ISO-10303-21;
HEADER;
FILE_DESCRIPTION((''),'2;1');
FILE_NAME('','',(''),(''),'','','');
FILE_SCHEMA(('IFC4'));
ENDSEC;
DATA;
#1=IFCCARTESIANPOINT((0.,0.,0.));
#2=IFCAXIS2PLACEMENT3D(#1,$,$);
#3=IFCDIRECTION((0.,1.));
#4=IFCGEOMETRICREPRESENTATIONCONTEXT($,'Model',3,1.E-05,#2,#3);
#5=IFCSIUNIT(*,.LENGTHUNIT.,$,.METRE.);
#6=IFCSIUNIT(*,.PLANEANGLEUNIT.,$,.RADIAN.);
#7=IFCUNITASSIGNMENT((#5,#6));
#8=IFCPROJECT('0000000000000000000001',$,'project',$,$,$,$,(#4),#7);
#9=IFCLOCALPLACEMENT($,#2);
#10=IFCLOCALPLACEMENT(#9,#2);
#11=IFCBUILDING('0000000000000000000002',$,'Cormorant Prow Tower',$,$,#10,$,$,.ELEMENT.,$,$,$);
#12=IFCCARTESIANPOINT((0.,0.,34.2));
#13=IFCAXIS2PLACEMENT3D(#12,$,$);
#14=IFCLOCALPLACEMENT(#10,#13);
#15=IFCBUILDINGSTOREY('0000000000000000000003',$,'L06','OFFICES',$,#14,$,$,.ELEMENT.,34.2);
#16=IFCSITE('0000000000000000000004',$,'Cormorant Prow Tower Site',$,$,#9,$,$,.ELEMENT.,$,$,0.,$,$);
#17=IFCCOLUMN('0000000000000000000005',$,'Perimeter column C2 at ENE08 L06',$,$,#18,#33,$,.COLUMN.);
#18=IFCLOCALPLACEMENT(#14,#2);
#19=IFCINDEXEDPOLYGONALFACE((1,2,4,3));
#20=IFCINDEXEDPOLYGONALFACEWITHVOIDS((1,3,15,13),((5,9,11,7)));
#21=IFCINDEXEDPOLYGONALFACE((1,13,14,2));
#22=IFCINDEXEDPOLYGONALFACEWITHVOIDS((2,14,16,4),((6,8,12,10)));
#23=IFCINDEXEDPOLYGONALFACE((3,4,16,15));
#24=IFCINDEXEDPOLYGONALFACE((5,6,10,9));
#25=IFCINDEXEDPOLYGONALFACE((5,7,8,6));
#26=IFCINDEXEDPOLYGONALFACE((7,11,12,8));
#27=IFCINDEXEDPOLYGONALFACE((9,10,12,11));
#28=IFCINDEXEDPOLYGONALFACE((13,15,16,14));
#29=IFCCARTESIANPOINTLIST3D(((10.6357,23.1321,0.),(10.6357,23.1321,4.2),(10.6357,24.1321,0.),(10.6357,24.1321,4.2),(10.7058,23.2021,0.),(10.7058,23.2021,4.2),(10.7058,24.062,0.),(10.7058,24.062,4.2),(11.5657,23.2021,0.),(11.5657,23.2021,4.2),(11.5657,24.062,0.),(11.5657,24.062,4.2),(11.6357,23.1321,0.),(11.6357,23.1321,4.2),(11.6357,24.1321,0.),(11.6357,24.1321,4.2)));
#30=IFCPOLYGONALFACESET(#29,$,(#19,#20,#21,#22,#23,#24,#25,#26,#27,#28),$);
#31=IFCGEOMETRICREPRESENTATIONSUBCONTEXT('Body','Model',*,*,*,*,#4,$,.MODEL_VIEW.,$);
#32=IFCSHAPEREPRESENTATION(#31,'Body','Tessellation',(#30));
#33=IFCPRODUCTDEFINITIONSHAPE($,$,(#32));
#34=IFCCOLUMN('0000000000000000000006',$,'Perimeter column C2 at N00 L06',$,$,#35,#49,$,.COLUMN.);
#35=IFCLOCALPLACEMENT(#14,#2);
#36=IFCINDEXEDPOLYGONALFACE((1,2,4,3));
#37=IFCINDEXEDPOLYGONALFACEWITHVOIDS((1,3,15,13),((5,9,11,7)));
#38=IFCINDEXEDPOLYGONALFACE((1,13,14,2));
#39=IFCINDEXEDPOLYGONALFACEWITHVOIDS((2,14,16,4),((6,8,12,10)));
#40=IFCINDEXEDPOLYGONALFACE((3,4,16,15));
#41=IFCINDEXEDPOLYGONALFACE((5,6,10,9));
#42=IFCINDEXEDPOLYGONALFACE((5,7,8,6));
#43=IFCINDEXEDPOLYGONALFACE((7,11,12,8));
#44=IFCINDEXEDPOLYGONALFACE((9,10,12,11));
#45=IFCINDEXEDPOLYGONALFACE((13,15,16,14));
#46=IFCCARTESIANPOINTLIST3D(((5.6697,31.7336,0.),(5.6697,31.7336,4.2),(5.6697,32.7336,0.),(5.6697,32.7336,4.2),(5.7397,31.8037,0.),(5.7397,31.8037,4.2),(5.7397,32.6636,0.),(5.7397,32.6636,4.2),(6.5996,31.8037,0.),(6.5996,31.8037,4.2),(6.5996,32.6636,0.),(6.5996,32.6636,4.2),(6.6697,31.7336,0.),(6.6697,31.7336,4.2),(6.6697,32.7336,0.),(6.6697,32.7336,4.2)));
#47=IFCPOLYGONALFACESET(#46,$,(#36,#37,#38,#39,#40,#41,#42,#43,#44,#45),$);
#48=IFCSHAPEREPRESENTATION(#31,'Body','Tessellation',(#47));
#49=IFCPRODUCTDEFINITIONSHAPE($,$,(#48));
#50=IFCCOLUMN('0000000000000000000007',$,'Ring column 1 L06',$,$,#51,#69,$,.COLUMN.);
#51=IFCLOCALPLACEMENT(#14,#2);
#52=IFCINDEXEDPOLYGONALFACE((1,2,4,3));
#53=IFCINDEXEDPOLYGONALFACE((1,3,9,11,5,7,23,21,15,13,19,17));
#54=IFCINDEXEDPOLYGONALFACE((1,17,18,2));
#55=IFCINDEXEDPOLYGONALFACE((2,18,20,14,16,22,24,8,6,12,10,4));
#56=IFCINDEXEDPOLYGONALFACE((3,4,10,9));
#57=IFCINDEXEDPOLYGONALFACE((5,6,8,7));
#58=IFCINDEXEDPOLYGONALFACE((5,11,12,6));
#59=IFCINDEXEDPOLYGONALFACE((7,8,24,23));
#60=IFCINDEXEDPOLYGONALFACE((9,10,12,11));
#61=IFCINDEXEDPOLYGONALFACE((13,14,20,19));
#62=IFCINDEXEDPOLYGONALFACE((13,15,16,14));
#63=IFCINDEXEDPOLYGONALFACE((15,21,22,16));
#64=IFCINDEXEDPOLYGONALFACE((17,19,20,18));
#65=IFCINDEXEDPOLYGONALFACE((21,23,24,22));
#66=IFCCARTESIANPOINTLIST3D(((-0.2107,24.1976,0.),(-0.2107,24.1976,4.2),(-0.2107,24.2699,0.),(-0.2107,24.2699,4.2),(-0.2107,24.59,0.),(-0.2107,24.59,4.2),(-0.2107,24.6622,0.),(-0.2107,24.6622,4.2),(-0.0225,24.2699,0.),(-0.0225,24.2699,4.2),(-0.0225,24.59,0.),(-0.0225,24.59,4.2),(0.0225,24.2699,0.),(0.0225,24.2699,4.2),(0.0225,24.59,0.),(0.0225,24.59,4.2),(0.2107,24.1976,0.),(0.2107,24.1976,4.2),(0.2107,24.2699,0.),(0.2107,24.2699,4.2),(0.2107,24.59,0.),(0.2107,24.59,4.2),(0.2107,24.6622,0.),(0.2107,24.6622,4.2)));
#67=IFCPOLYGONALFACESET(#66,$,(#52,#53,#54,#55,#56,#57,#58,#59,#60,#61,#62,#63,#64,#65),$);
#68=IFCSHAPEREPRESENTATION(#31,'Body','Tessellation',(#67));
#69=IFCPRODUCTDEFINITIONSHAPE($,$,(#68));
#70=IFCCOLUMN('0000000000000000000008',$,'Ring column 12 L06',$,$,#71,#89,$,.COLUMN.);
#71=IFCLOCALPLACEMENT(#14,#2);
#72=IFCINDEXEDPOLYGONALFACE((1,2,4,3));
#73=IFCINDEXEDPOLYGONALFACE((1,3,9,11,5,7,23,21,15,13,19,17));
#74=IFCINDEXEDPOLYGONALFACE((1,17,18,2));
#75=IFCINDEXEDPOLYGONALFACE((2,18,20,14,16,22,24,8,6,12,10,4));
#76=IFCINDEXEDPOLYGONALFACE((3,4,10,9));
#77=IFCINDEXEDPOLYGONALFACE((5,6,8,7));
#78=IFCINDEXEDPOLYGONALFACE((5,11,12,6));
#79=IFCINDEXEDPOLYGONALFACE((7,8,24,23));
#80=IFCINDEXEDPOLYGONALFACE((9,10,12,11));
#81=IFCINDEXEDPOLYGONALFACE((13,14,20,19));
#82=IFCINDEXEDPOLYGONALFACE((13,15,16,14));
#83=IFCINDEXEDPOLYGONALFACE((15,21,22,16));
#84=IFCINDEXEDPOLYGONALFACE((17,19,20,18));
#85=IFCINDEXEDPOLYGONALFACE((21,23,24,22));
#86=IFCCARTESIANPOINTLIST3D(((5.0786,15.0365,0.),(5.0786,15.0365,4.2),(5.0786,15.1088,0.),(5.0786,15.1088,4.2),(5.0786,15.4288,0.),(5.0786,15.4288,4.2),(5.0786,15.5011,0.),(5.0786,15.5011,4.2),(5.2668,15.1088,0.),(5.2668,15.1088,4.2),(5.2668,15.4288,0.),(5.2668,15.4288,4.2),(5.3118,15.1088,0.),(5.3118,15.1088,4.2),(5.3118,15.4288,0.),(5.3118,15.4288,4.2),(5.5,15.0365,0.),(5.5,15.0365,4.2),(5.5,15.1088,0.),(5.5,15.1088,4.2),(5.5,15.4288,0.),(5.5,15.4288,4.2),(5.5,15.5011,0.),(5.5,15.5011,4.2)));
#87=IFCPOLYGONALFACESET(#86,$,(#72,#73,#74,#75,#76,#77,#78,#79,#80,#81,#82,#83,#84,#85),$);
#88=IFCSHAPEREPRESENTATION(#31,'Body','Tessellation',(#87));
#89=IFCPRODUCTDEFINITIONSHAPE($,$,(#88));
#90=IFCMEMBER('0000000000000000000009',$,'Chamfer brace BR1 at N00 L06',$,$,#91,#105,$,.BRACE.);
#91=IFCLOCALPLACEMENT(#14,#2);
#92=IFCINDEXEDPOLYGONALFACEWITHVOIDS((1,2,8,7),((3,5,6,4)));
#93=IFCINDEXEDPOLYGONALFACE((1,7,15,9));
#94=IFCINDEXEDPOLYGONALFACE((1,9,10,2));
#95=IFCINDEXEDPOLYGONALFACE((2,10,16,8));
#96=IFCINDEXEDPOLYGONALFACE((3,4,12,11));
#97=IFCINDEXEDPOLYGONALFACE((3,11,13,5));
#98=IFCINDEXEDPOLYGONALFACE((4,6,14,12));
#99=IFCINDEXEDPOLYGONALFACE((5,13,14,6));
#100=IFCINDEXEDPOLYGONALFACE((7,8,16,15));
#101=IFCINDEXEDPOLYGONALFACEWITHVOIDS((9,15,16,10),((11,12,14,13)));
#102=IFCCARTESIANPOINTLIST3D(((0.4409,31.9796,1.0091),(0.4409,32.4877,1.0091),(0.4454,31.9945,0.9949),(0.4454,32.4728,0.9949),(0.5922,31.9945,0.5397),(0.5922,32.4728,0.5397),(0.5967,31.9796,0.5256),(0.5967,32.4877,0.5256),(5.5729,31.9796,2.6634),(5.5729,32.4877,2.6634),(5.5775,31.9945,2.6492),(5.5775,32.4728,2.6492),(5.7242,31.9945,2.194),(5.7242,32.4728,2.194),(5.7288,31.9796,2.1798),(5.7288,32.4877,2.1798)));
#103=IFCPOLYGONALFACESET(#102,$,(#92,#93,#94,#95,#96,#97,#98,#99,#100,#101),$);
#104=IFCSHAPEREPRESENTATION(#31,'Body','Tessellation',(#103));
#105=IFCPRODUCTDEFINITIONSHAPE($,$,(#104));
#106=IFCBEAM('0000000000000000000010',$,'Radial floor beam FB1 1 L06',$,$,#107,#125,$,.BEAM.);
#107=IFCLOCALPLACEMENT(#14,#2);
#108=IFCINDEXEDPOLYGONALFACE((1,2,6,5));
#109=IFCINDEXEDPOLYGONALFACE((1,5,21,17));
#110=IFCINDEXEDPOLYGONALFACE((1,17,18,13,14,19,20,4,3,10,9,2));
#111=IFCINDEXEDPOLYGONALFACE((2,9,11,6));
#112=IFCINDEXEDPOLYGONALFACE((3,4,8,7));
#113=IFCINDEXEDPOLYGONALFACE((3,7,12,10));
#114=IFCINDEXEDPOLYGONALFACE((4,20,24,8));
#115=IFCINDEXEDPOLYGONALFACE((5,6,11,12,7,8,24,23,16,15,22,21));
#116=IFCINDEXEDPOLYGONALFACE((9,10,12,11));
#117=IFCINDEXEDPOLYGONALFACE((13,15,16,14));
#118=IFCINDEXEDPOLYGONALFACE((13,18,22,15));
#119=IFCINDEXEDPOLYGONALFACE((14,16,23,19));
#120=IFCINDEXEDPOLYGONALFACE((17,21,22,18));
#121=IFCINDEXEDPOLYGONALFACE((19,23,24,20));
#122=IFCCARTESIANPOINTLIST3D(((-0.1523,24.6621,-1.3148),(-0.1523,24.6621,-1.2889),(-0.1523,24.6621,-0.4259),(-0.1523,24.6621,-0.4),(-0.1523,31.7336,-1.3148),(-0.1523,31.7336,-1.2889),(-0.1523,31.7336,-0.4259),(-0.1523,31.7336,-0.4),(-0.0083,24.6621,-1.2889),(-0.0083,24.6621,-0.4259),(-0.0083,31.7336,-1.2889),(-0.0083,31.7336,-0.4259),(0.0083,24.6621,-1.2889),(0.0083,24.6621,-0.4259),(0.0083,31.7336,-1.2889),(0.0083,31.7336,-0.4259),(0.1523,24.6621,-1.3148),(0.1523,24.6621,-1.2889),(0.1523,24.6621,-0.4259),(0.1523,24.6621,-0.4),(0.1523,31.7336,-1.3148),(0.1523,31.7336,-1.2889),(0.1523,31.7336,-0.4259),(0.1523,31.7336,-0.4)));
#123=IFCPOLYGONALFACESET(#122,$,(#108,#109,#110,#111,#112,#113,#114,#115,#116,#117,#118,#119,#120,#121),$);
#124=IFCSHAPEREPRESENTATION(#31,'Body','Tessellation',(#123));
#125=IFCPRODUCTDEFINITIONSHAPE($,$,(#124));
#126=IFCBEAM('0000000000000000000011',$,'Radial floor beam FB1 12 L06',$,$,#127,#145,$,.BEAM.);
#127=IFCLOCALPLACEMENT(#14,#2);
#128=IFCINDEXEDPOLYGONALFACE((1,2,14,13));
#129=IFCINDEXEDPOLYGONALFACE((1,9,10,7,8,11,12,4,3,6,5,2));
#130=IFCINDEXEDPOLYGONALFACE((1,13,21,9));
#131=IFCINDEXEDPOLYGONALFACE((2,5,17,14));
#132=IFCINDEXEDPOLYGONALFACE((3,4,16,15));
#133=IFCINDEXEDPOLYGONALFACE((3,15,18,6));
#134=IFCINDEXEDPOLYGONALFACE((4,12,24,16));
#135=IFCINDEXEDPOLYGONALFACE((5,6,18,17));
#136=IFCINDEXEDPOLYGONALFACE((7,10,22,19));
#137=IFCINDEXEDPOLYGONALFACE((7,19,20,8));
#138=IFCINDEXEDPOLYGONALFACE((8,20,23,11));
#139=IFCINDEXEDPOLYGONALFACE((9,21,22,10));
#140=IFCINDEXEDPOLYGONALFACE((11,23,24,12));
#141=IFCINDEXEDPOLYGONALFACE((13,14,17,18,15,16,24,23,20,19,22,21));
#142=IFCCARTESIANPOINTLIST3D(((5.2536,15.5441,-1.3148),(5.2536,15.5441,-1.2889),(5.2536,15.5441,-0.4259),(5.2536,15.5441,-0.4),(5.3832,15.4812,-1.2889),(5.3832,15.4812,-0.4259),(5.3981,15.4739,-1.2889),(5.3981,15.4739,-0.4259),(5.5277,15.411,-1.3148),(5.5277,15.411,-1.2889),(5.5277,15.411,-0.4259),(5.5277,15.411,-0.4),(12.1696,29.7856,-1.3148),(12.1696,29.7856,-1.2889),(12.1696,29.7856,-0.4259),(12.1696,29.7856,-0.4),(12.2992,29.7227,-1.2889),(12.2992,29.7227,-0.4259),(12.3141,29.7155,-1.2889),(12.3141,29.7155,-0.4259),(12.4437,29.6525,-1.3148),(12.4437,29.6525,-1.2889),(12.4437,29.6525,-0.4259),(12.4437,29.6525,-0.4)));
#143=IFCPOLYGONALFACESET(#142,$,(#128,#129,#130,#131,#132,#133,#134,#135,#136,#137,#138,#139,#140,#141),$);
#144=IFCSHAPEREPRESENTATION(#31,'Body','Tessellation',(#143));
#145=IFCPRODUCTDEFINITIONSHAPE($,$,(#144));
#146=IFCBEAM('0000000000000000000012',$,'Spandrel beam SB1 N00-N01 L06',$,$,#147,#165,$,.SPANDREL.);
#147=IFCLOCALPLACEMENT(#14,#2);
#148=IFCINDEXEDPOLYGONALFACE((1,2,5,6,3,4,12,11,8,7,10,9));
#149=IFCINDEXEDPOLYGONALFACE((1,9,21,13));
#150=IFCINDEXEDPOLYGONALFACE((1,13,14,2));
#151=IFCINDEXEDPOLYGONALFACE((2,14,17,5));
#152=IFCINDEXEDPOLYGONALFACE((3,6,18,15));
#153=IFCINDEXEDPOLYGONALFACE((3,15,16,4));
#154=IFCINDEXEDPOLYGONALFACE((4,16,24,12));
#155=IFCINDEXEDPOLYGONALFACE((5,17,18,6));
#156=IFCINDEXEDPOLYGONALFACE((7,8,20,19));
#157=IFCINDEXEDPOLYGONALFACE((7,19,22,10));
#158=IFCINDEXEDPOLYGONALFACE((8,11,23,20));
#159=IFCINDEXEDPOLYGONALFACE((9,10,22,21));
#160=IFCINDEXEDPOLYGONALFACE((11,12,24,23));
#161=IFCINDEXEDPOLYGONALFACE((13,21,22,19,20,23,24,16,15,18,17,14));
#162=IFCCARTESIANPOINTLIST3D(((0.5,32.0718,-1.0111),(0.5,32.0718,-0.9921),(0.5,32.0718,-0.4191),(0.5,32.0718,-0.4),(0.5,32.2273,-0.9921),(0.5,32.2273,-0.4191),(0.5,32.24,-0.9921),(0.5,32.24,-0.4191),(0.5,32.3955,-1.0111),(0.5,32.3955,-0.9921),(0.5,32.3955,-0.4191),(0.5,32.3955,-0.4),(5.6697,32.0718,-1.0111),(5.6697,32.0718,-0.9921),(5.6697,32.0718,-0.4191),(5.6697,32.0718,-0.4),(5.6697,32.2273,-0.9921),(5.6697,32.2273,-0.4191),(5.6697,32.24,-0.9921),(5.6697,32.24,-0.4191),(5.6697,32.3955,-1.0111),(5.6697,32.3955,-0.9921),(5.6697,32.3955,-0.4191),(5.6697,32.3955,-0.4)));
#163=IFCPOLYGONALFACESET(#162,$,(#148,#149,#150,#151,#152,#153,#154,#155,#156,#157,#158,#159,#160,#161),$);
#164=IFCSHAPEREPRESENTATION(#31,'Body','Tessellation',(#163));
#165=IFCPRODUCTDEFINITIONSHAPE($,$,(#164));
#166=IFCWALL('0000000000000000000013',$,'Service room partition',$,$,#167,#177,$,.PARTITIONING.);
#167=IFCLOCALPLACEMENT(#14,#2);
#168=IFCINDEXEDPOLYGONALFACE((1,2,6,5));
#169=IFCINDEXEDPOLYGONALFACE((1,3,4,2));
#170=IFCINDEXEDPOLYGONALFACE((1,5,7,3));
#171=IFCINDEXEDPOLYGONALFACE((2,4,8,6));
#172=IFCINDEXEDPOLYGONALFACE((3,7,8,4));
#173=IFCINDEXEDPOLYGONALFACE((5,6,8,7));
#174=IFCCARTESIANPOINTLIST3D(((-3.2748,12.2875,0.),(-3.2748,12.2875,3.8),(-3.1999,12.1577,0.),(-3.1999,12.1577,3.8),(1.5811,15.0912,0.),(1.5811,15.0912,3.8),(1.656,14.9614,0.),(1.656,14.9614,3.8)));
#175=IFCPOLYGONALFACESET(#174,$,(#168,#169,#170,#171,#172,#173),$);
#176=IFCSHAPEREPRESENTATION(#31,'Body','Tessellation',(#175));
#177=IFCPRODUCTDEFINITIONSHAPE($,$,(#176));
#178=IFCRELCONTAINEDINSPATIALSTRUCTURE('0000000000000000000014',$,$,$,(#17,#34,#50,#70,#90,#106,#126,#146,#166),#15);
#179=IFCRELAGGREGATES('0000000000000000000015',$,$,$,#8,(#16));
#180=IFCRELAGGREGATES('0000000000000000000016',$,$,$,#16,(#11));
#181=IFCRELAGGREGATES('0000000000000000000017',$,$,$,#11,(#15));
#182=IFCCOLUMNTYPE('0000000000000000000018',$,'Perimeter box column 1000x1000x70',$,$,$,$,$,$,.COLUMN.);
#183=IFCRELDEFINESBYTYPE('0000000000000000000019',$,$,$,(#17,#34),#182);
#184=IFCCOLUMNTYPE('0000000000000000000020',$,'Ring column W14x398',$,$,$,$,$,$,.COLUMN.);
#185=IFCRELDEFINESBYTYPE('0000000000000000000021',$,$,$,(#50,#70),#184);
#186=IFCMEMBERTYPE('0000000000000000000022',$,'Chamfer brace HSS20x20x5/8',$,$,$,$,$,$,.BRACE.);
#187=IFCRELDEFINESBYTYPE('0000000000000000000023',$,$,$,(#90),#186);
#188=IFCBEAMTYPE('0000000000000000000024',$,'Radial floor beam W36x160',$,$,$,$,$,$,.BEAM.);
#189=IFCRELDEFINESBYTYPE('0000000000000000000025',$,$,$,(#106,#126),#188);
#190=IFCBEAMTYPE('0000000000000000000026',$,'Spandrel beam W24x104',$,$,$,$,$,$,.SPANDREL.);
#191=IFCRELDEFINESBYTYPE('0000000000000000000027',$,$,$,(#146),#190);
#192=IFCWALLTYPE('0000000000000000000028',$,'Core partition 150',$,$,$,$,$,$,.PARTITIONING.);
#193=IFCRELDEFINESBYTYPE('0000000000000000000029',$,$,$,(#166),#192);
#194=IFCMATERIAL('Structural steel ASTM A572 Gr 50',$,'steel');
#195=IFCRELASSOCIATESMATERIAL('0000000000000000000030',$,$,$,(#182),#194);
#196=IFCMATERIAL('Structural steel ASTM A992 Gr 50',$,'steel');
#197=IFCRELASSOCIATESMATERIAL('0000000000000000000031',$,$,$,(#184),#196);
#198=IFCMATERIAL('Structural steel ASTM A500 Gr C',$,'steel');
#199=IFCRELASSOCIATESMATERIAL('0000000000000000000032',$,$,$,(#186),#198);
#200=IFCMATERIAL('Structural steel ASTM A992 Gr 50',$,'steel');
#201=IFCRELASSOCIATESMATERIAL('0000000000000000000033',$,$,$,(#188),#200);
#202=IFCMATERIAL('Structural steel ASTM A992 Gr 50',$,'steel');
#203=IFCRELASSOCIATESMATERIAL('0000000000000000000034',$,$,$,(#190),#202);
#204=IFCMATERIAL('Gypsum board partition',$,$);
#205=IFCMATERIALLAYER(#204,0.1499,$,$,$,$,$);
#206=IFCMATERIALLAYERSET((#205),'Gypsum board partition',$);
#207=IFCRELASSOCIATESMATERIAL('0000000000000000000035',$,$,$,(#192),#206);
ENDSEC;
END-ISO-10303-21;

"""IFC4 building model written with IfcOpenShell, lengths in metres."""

from ifc_helpers import new_model, si_unit, direction, frame, frame_2d, origin, origin_2d, place, context, subcontext, project, spatial, rectangle, hollow_rectangle, i_section, extrude, material, layer, layer_set, material_profile, profile_set, type_object, element, save


model = new_model("IFC4")

# Units and contexts
model_context = context("Model", 3, precision=1e-05, world=origin(), true_north=direction((0.0, 1.0)))
body_context = subcontext(model_context, "Body", "Model", "MODEL_VIEW")
ifc_project = project(units=[si_unit("LENGTHUNIT", "METRE"), si_unit("PLANEANGLEUNIT", "RADIAN")], contexts=[model_context])

# Site, building, storey
site_placement = place(None, origin())
site = spatial("IfcSite", under=ifc_project, at=site_placement, Name="Cormorant Prow Tower Site", CompositionType="ELEMENT", RefElevation=0.0)
building_placement = place(site_placement, origin())
building = spatial("IfcBuilding", under=site, at=building_placement, Name="Cormorant Prow Tower", CompositionType="ELEMENT")
storey_placement = place(building_placement, frame((0.0, 0.0, 34.2)))
storey = spatial("IfcBuildingStorey", under=building, at=storey_placement, Name="L06", Description="OFFICES", CompositionType="ELEMENT", Elevation=34.2)

# Columns
ifc_material_1 = material(Name="Structural steel ASTM A572 Gr 50", Category="steel")
ifc_material_profile_1 = material_profile(ifc_material_1, hollow_rectangle(XDim=1.0, YDim=1.0, WallThickness=0.0701, at=origin_2d()), Name="Box 1000x1000x70")
ifc_profile_set_1 = profile_set([ifc_material_profile_1], Name="Structural steel ASTM A572 Gr 50")
column_type_1 = type_object("IfcColumnType", Name="Perimeter box column 1000x1000x70", PredefinedType="COLUMN", material=ifc_profile_set_1)
for number, where, z_axis, x_axis, name in (
    (1, (11.1357, 23.6321, 0.0), (0.0, 0.0, 1.0), (1.0, 0.0, 0.0), "Perimeter column C2 at ENE08 L06"),
    (2, (6.1697, 32.2336, 0.0), (0.0, 0.0, 1.0), (1.0, 0.0, 0.0), "Perimeter column C2 at N00 L06"),
):
    element("IfcColumn", number, at=place(storey_placement, frame(where, z_axis=z_axis, x_axis=x_axis)), inside=storey, type_object=column_type_1, Name=name, PredefinedType="COLUMN", context=body_context, shape_type="SweptSolid", body=[
        extrude(hollow_rectangle(XDim=1.0, YDim=1.0, WallThickness=0.0701, at=origin_2d()), origin(), (0.0, 0.0, 1.0), 4.2),
    ])
ifc_material_2 = material(Name="Structural steel ASTM A992 Gr 50", Category="steel")
ifc_material_profile_2 = material_profile(ifc_material_2, i_section(OverallWidth=0.4214, OverallDepth=0.4646, WebThickness=0.0449, FlangeThickness=0.0723, at=origin_2d()), Name="W14x398")
ifc_profile_set_2 = profile_set([ifc_material_profile_2], Name="Structural steel ASTM A992 Gr 50")
column_type_2 = type_object("IfcColumnType", Name="Ring column W14x398", PredefinedType="COLUMN", material=ifc_profile_set_2)
for number, where, z_axis, x_axis, name in (
    (3, (0.0, 24.4299, 0.0), (0.0, 0.0, 1.0), (1.0, 0.0, 0.0), "Ring column 1 L06"),
    (4, (5.2893, 15.2688, 0.0), (0.0, 0.0, 1.0), (1.0, 0.0, 0.0), "Ring column 12 L06"),
):
    element("IfcColumn", number, at=place(storey_placement, frame(where, z_axis=z_axis, x_axis=x_axis)), inside=storey, type_object=column_type_2, Name=name, PredefinedType="COLUMN", context=body_context, shape_type="SweptSolid", body=[
        extrude(i_section(OverallWidth=0.4214, OverallDepth=0.4646, WebThickness=0.0449, FlangeThickness=0.0723, at=origin_2d()), origin(), (0.0, 0.0, 1.0), 4.2),
    ])

# Member
ifc_material_3 = material(Name="Structural steel ASTM A500 Gr C", Category="steel")
ifc_material_profile_3 = material_profile(ifc_material_3, hollow_rectangle(XDim=0.5081, YDim=0.5081, WallThickness=0.0149, at=origin_2d()), Name="HSS20x20x5/8")
ifc_profile_set_3 = profile_set([ifc_material_profile_3], Name="Structural steel ASTM A500 Gr C")
member_type = type_object("IfcMemberType", Name="Chamfer brace HSS20x20x5/8", PredefinedType="BRACE", material=ifc_profile_set_3)
member_placement = place(storey_placement, frame((0.5188, 32.2336, 0.7673), z_axis=(0.951774, 0.0, 0.306799), x_axis=(0.0, 1.0, 0.0)))
element("IfcMember", 5, at=member_placement, inside=storey, type_object=member_type, Name="Chamfer brace BR1 at N00 L06", PredefinedType="BRACE", context=body_context, shape_type="SweptSolid", body=[
    extrude(hollow_rectangle(XDim=0.5081, YDim=0.5081, WallThickness=0.0149, at=origin_2d()), origin(), (0.0, 0.0, 1.0), 5.3921),
])

# Beams
ifc_material_4 = material(Name="Structural steel ASTM A992 Gr 50", Category="steel")
ifc_material_profile_4 = material_profile(ifc_material_4, i_section(OverallWidth=0.3047, OverallDepth=0.9148, WebThickness=0.0166, FlangeThickness=0.0259, at=origin_2d()), Name="W36x160")
ifc_profile_set_4 = profile_set([ifc_material_profile_4], Name="Structural steel ASTM A992 Gr 50")
beam_type_1 = type_object("IfcBeamType", Name="Radial floor beam W36x160", PredefinedType="BEAM", material=ifc_profile_set_4)
beam_1_placement = place(storey_placement, frame((0.0, 24.6621, -0.8574), z_axis=(0.0, 1.0, 0.0), x_axis=(-1.0, 0.0, 0.0)))
element("IfcBeam", 6, at=beam_1_placement, inside=storey, type_object=beam_type_1, Name="Radial floor beam FB1 1 L06", PredefinedType="BEAM", context=body_context, shape_type="SweptSolid", body=[
    extrude(i_section(OverallWidth=0.3047, OverallDepth=0.9148, WebThickness=0.0166, FlangeThickness=0.0259, at=origin_2d()), origin(), (0.0, 0.0, 1.0), 7.0715),
])
beam_2_placement = place(storey_placement, frame((5.3906, 15.4775, -0.8574), z_axis=(0.436839, 0.899539, 0.0), x_axis=(-0.899539, 0.436839, 0.0)))
element("IfcBeam", 7, at=beam_2_placement, inside=storey, type_object=beam_type_1, Name="Radial floor beam FB1 12 L06", PredefinedType="BEAM", context=body_context, shape_type="SweptSolid", body=[
    extrude(i_section(OverallWidth=0.3047, OverallDepth=0.9148, WebThickness=0.0166, FlangeThickness=0.0259, at=origin_2d()), origin(), (0.0, 0.0, 1.0), 15.832),
])
ifc_material_5 = material(Name="Structural steel ASTM A992 Gr 50", Category="steel")
ifc_material_profile_5 = material_profile(ifc_material_5, i_section(OverallWidth=0.3237, OverallDepth=0.6111, WebThickness=0.0127, FlangeThickness=0.019, at=origin_2d()), Name="W24x104")
ifc_profile_set_5 = profile_set([ifc_material_profile_5], Name="Structural steel ASTM A992 Gr 50")
beam_type_2 = type_object("IfcBeamType", Name="Spandrel beam W24x104", PredefinedType="SPANDREL", material=ifc_profile_set_5)
beam_3_placement = place(storey_placement, frame((5.6697, 32.2336, -0.7056), z_axis=(-1.0, 0.0, 0.0), x_axis=(0.0, -1.0, 0.0)))
element("IfcBeam", 8, at=beam_3_placement, inside=storey, type_object=beam_type_2, Name="Spandrel beam SB1 N00-N01 L06", PredefinedType="SPANDREL", context=body_context, shape_type="SweptSolid", body=[
    extrude(i_section(OverallWidth=0.3237, OverallDepth=0.6111, WebThickness=0.0127, FlangeThickness=0.019, at=origin_2d()), origin(), (0.0, 0.0, 1.0), 5.1697),
])

# Wall
ifc_material_6 = material(Name="Gypsum board partition")
ifc_layer_1 = layer(ifc_material_6, 0.1499)
ifc_layer_set_1 = layer_set([ifc_layer_1], Name="Gypsum board partition")
wall_type_1 = type_object("IfcWallType", Name="Core partition 150", PredefinedType="PARTITIONING", material=ifc_layer_set_1)
wall_1_placement = place(storey_placement, frame((1.6187, 15.0264, 0.0), z_axis=(0.0, 0.0, 1.0), x_axis=(-0.866016, -0.500016, 0.0)))
element("IfcWall", 9, at=wall_1_placement, inside=storey, type_object=wall_type_1, Name="Service room partition", PredefinedType="PARTITIONING", context=body_context, shape_type="SweptSolid", body=[
    extrude(rectangle(XDim=5.6072, YDim=0.1499, at=frame_2d((2.8037, 0.0))), origin(), (0.0, 0.0, 1.0), 3.8),
])

save(model, "model.ifc")
